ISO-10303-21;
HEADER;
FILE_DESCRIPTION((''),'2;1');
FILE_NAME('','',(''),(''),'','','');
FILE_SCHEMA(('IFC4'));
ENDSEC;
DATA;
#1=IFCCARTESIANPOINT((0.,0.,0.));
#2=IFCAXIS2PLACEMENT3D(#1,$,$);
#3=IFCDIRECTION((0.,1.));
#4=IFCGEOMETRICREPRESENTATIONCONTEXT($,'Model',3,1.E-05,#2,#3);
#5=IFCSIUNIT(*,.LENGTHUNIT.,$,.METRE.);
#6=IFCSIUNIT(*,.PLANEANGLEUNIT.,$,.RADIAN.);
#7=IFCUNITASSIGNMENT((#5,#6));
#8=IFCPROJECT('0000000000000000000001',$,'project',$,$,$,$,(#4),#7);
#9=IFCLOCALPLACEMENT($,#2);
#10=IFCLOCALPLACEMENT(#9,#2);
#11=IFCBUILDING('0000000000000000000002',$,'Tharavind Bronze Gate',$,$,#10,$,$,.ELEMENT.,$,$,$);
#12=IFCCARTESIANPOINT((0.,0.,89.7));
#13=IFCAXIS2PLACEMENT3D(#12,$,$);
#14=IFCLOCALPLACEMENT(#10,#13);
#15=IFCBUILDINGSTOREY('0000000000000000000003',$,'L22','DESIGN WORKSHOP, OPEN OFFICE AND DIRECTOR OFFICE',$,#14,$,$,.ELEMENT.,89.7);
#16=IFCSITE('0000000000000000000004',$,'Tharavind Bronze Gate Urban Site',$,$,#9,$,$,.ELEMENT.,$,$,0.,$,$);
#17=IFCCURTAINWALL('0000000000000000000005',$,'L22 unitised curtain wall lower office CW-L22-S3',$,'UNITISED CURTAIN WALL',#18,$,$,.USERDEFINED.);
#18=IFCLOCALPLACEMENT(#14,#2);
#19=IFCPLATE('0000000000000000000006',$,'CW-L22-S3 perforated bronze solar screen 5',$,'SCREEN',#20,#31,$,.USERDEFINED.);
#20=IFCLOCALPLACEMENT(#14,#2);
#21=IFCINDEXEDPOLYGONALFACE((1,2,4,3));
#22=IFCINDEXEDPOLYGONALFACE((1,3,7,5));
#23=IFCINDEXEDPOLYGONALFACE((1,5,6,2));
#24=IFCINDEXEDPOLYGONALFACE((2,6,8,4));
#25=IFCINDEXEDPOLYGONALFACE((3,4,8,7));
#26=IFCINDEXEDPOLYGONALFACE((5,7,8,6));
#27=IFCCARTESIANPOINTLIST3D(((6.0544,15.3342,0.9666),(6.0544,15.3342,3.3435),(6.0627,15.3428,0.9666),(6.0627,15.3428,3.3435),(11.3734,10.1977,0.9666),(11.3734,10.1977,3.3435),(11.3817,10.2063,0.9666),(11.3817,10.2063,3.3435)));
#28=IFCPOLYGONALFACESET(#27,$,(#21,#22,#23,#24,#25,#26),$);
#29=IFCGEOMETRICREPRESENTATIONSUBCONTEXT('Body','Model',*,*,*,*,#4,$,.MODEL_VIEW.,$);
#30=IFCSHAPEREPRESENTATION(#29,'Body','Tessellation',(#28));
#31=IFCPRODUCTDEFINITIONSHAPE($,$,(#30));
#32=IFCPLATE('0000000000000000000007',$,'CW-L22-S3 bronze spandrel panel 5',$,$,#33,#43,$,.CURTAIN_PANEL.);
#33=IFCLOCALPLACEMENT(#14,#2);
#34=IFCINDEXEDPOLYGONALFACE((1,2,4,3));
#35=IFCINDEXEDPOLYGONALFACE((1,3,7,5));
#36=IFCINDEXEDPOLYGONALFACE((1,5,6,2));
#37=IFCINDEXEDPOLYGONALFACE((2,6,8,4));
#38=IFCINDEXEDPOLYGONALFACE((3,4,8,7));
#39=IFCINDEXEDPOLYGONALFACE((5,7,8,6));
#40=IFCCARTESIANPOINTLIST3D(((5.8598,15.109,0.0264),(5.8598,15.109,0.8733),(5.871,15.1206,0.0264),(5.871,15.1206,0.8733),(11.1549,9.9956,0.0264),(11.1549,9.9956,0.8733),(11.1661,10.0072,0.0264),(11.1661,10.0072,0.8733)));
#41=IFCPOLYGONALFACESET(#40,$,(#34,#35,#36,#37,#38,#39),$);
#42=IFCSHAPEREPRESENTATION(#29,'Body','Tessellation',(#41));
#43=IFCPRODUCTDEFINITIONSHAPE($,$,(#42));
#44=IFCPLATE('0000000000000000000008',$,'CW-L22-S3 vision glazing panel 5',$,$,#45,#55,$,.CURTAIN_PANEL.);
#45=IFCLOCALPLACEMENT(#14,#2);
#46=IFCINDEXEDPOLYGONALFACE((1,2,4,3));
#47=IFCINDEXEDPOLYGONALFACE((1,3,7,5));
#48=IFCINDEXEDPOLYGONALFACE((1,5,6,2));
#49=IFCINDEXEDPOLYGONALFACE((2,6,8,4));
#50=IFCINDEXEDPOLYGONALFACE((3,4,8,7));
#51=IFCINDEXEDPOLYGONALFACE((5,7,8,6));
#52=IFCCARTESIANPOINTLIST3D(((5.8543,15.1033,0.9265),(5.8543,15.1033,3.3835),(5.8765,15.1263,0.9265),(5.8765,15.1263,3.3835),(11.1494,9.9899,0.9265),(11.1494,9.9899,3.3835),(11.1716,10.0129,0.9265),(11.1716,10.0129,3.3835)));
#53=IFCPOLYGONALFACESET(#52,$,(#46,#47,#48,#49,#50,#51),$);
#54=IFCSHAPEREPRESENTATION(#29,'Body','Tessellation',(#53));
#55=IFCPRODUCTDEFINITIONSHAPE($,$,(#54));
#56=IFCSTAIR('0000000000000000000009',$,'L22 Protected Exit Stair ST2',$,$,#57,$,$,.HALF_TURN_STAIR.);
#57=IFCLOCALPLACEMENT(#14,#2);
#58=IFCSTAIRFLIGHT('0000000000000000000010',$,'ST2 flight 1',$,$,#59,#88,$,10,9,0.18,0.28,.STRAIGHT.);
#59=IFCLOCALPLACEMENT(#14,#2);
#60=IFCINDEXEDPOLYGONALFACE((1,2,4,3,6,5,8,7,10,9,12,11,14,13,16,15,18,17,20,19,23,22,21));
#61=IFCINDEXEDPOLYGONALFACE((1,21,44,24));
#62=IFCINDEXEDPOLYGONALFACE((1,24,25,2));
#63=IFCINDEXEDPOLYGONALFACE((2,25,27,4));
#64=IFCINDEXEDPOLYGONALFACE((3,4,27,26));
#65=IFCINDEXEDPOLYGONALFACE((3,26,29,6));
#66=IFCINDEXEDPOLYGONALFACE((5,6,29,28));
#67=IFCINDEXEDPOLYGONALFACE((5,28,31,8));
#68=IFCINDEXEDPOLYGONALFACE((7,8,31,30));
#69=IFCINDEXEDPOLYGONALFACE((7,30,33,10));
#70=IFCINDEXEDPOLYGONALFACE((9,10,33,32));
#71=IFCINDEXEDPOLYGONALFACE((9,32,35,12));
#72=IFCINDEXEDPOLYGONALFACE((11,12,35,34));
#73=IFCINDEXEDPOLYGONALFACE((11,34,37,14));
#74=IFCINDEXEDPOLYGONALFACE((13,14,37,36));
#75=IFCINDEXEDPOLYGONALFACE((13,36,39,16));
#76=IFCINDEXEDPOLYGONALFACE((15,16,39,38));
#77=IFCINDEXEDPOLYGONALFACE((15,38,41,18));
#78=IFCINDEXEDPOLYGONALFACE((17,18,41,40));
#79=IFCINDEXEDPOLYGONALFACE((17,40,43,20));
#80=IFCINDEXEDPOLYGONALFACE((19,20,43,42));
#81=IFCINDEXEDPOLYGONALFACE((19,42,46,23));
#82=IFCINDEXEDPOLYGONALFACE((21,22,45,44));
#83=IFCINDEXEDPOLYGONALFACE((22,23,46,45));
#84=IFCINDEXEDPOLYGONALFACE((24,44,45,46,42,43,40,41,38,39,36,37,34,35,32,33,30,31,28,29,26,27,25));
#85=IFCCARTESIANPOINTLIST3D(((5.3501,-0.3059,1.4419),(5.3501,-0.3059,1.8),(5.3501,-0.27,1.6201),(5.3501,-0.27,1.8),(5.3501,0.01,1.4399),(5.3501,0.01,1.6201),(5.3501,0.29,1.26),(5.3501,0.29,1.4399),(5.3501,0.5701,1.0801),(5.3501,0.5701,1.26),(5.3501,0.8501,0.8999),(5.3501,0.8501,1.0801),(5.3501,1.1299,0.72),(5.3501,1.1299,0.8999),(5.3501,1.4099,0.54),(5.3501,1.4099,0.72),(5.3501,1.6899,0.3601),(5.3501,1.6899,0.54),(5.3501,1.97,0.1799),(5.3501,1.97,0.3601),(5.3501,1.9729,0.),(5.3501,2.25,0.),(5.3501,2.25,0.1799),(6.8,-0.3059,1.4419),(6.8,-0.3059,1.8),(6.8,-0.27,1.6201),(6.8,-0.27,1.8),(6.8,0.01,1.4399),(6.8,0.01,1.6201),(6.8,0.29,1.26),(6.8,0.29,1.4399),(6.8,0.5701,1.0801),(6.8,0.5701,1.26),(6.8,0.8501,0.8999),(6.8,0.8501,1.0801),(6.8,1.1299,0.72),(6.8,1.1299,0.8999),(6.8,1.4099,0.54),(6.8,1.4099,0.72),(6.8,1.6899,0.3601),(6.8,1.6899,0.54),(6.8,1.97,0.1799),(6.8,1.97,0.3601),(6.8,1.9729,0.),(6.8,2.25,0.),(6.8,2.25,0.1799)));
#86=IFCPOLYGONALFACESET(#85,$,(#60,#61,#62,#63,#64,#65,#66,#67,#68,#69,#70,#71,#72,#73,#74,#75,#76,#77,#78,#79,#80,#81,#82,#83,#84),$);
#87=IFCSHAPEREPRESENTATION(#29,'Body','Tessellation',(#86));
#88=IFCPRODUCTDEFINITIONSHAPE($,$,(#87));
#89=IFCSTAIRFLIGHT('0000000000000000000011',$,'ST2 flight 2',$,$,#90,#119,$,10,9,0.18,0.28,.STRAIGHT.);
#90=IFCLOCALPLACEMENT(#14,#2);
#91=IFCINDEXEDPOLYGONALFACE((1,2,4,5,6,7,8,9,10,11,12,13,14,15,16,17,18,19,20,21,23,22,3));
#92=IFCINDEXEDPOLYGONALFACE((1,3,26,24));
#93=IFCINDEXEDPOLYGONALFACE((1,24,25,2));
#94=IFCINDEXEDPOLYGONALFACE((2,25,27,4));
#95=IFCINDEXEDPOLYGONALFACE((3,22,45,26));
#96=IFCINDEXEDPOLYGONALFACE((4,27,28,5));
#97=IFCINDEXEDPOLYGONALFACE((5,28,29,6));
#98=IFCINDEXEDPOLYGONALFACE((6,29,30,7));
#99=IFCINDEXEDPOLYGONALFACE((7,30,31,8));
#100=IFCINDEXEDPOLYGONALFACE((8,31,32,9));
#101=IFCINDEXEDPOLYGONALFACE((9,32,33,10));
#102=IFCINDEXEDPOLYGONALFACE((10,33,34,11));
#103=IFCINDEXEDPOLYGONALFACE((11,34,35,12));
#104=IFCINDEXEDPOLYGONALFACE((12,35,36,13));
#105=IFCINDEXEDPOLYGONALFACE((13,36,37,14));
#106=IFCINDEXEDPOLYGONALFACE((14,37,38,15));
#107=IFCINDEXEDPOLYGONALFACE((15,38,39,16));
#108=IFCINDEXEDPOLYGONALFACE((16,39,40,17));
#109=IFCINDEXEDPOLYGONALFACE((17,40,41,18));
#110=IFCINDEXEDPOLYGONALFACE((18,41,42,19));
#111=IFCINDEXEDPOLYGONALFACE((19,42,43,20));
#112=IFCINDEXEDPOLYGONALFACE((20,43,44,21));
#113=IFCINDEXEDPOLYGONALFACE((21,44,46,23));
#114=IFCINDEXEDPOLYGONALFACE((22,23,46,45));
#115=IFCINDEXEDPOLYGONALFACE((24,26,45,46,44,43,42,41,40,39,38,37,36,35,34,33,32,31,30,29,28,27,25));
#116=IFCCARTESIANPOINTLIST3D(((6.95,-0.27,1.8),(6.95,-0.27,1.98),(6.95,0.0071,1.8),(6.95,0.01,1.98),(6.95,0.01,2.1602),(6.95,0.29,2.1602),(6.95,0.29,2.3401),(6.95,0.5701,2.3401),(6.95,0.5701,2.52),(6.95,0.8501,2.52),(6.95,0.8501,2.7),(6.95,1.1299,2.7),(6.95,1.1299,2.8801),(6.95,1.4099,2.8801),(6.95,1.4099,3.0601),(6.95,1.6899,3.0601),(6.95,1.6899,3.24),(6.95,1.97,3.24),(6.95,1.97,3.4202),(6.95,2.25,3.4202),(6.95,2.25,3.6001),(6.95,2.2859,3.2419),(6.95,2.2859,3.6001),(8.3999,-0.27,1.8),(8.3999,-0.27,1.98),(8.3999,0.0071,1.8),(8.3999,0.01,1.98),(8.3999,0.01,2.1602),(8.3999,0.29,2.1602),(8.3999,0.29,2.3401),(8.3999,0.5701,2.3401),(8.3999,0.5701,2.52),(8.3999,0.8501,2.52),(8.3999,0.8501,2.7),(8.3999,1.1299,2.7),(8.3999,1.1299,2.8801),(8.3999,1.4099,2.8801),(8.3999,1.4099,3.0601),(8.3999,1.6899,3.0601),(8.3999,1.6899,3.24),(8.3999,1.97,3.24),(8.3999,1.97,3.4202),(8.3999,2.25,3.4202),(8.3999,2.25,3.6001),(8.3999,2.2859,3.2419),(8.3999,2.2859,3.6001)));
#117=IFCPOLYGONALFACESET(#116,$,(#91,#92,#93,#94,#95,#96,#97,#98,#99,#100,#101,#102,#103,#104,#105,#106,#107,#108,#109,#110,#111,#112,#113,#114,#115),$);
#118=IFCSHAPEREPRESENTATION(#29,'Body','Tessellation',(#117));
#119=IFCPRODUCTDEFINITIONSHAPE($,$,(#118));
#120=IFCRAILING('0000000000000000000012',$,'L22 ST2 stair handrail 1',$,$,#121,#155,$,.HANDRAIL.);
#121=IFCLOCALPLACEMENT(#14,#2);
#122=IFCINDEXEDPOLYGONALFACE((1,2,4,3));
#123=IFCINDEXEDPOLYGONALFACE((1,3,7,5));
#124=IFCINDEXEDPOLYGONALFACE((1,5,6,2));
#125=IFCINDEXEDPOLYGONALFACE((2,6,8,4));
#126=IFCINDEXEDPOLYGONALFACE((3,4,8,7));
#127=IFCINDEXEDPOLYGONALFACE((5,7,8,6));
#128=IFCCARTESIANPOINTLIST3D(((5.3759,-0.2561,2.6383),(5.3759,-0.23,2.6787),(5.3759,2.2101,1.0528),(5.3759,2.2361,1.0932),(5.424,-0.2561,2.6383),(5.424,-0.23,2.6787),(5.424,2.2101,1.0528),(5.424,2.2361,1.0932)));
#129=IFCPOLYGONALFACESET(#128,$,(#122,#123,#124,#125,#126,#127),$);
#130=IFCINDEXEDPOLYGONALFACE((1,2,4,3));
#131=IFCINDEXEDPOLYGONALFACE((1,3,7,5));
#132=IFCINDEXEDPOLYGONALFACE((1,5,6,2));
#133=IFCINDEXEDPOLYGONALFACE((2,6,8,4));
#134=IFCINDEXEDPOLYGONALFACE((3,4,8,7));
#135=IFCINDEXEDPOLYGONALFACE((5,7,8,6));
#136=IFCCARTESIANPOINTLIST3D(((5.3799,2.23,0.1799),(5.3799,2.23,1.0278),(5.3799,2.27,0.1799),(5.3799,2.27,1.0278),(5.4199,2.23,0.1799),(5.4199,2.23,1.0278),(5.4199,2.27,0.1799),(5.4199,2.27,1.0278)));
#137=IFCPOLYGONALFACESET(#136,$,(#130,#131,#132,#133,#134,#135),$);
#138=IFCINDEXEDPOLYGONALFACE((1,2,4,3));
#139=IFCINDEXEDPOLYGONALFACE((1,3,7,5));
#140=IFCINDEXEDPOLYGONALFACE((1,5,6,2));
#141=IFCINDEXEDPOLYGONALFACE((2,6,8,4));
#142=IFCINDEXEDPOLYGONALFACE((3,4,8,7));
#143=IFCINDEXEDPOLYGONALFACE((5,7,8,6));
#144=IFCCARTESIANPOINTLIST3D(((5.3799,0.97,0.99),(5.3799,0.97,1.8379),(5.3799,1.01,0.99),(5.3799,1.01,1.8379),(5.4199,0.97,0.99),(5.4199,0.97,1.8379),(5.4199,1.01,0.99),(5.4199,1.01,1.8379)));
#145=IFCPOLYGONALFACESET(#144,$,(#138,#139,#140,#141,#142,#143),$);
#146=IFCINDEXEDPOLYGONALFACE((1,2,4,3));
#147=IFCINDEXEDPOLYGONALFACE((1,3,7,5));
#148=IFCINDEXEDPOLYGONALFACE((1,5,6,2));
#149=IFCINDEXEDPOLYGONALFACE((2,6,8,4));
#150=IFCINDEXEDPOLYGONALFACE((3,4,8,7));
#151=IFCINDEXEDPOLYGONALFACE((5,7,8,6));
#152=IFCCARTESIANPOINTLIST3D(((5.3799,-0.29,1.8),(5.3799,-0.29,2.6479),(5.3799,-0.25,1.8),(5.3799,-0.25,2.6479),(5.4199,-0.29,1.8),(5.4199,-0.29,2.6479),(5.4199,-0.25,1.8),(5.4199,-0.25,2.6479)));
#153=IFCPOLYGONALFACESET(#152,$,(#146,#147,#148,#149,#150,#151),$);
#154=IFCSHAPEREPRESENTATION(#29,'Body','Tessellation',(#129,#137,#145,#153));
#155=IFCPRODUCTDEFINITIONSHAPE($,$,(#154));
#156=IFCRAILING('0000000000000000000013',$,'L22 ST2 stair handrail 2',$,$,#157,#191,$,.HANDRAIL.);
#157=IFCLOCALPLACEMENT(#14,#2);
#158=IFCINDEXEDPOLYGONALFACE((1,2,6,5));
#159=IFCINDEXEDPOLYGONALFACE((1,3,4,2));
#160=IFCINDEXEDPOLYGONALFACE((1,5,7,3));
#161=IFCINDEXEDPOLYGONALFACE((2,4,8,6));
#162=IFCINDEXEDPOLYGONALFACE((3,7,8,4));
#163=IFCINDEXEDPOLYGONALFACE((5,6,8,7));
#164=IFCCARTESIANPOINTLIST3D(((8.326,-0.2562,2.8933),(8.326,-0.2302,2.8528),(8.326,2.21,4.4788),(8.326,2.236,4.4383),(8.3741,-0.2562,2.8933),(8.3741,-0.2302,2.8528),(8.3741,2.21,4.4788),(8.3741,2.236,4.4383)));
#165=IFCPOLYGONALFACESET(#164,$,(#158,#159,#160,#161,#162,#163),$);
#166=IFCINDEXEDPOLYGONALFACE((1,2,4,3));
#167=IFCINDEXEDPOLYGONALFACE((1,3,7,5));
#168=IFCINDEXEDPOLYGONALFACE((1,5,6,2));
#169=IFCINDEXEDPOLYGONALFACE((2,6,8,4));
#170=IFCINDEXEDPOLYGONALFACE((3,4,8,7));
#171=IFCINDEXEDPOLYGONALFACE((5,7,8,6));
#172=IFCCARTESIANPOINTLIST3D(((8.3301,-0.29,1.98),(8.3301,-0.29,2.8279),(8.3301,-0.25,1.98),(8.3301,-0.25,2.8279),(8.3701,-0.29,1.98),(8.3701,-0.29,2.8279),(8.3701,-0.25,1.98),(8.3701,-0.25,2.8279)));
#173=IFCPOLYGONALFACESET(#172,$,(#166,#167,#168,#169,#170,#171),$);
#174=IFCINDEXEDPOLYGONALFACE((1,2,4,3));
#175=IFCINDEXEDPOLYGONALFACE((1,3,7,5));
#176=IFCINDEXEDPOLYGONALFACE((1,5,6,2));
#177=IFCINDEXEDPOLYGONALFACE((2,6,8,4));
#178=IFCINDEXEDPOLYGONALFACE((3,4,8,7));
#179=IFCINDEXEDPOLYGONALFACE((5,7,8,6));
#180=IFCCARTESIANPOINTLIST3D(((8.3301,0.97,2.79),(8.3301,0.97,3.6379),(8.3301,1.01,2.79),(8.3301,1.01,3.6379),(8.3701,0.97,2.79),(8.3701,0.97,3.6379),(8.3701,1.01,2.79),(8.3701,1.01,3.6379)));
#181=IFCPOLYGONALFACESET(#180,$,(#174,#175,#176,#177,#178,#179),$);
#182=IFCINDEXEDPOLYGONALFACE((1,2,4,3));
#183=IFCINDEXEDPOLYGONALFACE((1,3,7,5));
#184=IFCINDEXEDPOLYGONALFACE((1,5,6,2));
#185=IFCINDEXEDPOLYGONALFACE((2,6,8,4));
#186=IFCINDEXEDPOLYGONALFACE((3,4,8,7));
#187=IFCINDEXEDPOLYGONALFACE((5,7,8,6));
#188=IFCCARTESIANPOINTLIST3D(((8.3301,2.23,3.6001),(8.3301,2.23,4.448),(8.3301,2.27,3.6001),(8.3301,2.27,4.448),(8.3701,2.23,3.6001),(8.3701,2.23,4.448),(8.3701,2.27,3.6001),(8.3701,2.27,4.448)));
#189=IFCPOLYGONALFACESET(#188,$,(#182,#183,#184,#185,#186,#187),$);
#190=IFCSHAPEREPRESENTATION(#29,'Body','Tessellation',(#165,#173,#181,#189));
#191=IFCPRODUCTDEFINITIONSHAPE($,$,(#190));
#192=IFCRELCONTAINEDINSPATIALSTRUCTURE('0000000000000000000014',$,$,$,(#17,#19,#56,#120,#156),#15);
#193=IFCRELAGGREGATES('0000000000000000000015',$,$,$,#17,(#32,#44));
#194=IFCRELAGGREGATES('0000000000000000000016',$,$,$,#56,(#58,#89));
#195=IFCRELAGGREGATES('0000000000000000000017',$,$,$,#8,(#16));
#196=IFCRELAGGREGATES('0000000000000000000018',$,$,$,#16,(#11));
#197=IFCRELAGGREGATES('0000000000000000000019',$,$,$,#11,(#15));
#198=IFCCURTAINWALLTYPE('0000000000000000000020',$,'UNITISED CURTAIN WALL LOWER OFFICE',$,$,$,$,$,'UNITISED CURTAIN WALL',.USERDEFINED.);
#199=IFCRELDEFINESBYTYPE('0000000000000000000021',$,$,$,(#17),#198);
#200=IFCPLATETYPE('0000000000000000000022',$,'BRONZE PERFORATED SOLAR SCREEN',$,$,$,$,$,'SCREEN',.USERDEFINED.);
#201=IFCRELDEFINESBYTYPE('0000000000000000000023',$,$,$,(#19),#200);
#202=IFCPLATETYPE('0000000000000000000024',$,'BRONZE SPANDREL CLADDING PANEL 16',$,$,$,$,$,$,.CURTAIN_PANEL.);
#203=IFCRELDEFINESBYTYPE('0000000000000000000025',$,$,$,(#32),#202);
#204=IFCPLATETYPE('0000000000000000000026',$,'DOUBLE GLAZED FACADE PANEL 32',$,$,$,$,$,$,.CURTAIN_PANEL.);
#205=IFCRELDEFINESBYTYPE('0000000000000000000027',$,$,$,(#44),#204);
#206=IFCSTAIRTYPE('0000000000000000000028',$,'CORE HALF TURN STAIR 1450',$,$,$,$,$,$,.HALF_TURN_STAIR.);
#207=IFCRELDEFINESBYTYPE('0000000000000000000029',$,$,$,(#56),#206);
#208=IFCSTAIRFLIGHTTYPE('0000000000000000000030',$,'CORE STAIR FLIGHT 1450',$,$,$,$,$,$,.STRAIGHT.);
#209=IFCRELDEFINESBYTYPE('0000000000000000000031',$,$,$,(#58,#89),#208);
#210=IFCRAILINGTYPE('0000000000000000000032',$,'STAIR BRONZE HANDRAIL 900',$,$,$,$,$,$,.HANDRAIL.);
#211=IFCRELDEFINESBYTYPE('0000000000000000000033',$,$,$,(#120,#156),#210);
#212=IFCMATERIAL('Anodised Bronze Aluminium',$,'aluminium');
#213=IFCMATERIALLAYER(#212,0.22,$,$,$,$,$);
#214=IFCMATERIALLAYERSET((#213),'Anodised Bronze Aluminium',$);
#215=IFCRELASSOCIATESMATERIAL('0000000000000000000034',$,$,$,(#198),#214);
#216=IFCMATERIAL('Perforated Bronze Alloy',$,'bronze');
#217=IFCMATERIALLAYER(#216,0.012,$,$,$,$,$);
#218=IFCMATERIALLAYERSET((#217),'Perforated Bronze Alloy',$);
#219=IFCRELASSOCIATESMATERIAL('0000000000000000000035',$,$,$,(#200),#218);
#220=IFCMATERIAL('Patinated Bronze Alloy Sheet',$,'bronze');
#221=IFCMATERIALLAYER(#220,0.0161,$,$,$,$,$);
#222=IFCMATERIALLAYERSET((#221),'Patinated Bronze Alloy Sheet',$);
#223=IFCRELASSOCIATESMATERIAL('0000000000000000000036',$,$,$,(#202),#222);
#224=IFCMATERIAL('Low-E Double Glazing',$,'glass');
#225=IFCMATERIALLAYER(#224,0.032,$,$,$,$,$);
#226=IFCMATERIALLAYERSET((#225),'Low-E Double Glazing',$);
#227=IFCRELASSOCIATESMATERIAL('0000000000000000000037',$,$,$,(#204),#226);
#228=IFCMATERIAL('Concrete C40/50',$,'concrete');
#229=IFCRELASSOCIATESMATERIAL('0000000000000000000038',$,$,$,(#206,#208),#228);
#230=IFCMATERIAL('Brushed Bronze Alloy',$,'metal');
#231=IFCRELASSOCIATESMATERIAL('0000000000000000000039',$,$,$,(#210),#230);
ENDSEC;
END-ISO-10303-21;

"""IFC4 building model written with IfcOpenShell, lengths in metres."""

from ifc_helpers import new_model, si_unit, direction, frame, origin, origin_2d, place, context, subcontext, project, spatial, polyline, rectangle, outline, extrude, material, layer, layer_set, type_object, element, aggregate, save


model = new_model("IFC4")

# Units and contexts
model_context = context("Model", 3, precision=1e-05, world=origin(), true_north=direction((0.0, 1.0)))
body_context = subcontext(model_context, "Body", "Model", "MODEL_VIEW")
ifc_project = project(units=[si_unit("LENGTHUNIT", "METRE"), si_unit("PLANEANGLEUNIT", "RADIAN")], contexts=[model_context])

# Site, building, storey
site_placement = place(None, origin())
site = spatial("IfcSite", under=ifc_project, at=site_placement, Name="Tharavind Bronze Gate Urban Site", CompositionType="ELEMENT", RefElevation=0.0)
building_placement = place(site_placement, origin())
building = spatial("IfcBuilding", under=site, at=building_placement, Name="Tharavind Bronze Gate", CompositionType="ELEMENT")
storey_placement = place(building_placement, frame((0.0, 0.0, 89.7)))
storey = spatial("IfcBuildingStorey", under=building, at=storey_placement, Name="L22", Description="DESIGN WORKSHOP, OPEN OFFICE AND DIRECTOR OFFICE", CompositionType="ELEMENT", Elevation=89.7)

# Curtain wall
ifc_material_1 = material(Name="Anodised Bronze Aluminium", Category="aluminium")
ifc_layer_1 = layer(ifc_material_1, 0.22)
ifc_layer_set_1 = layer_set([ifc_layer_1], Name="Anodised Bronze Aluminium")
curtain_wall_type = type_object("IfcCurtainWallType", Name="UNITISED CURTAIN WALL LOWER OFFICE", ElementType="UNITISED CURTAIN WALL", PredefinedType="USERDEFINED", material=ifc_layer_set_1)
curtain_wall_placement = place(storey_placement, origin())
curtain_wall = element("IfcCurtainWall", 1, at=curtain_wall_placement, inside=storey, type_object=curtain_wall_type, Name="L22 unitised curtain wall lower office CW-L22-S3", ObjectType="UNITISED CURTAIN WALL", PredefinedType="USERDEFINED")

# Plates
ifc_material_2 = material(Name="Perforated Bronze Alloy", Category="bronze")
ifc_layer_2 = layer(ifc_material_2, 0.012)
ifc_layer_set_2 = layer_set([ifc_layer_2], Name="Perforated Bronze Alloy")
plate_type_1 = type_object("IfcPlateType", Name="BRONZE PERFORATED SOLAR SCREEN", ElementType="SCREEN", PredefinedType="USERDEFINED", material=ifc_layer_set_2)
plate_1_placement = place(storey_placement, frame((8.718, 12.7703, 0.9666), z_axis=(0.0, 0.0, 1.0), x_axis=(-0.719341, 0.694657, 0.0)))
element("IfcPlate", 2, at=plate_1_placement, inside=storey, type_object=plate_type_1, Name="CW-L22-S3 perforated bronze solar screen 5", ObjectType="SCREEN", PredefinedType="USERDEFINED", context=body_context, shape_type="SweptSolid", body=[
    extrude(rectangle(XDim=7.3943, YDim=0.012, at=origin_2d()), origin(), (0.0, 0.0, 1.0), 2.377),
])
ifc_material_3 = material(Name="Patinated Bronze Alloy Sheet", Category="bronze")
ifc_layer_3 = layer(ifc_material_3, 0.0161)
ifc_layer_set_3 = layer_set([ifc_layer_3], Name="Patinated Bronze Alloy Sheet")
plate_type_2 = type_object("IfcPlateType", Name="BRONZE SPANDREL CLADDING PANEL 16", PredefinedType="CURTAIN_PANEL", material=ifc_layer_set_3)
plate_2_placement = place(storey_placement, frame((8.5129, 12.5581, 0.0264), z_axis=(0.0, 0.0, 1.0), x_axis=(-0.719341, 0.694657, 0.0)))
plate_2 = element("IfcPlate", 3, at=plate_2_placement, type_object=plate_type_2, Name="CW-L22-S3 bronze spandrel panel 5", PredefinedType="CURTAIN_PANEL", context=body_context, shape_type="SweptSolid", body=[
    extrude(rectangle(XDim=7.3611, YDim=0.0161, at=origin_2d()), origin(), (0.0, 0.0, 1.0), 0.8469),
])
ifc_material_4 = material(Name="Low-E Double Glazing", Category="glass")
ifc_layer_4 = layer(ifc_material_4, 0.032)
ifc_layer_set_4 = layer_set([ifc_layer_4], Name="Low-E Double Glazing")
plate_type_3 = type_object("IfcPlateType", Name="DOUBLE GLAZED FACADE PANEL 32", PredefinedType="CURTAIN_PANEL", material=ifc_layer_set_4)
plate_3_placement = place(storey_placement, frame((8.5129, 12.5581, 0.9265), z_axis=(0.0, 0.0, 1.0), x_axis=(-0.719341, 0.694657, 0.0)))
plate_3 = element("IfcPlate", 4, at=plate_3_placement, type_object=plate_type_3, Name="CW-L22-S3 vision glazing panel 5", PredefinedType="CURTAIN_PANEL", context=body_context, shape_type="SweptSolid", body=[
    extrude(rectangle(XDim=7.3611, YDim=0.032, at=origin_2d()), origin(), (0.0, 0.0, 1.0), 2.457),
])
aggregate(curtain_wall, [plate_2, plate_3])

# Stair, stair flights
ifc_material_5 = material(Name="Concrete C40/50", Category="concrete")
stair_type = type_object("IfcStairType", Name="CORE HALF TURN STAIR 1450", PredefinedType="HALF_TURN_STAIR", material=ifc_material_5)
stair_placement = place(storey_placement, origin())
stair = element("IfcStair", 5, at=stair_placement, inside=storey, type_object=stair_type, Name="L22 Protected Exit Stair ST2", PredefinedType="HALF_TURN_STAIR")
stair_flight_type = type_object("IfcStairFlightType", Name="CORE STAIR FLIGHT 1450", PredefinedType="STRAIGHT", material=ifc_material_5)
stair_flight_1_placement = place(storey_placement, frame((6.075, 2.25, 0.0), z_axis=(0.0, 0.0, 1.0), x_axis=(0.0, -1.0, 0.0)))
stair_flight_1 = element("IfcStairFlight", 6, at=stair_flight_1_placement, type_object=stair_flight_type, Name="ST2 flight 1", NumberOfRisers=10, NumberOfTreads=9, PredefinedType="STRAIGHT", RiserHeight=0.18, TreadLength=0.28, context=body_context, shape_type="SweptSolid", body=[
    extrude(outline(polyline([(0.0, 0.0), (0.0, 0.1799), (0.28, 0.1799), (0.28, 0.3601), (0.5601, 0.3601), (0.5601, 0.54), (0.8401, 0.54), (0.8401, 0.72), (1.1201, 0.72), (1.1201, 0.8999), (1.3999, 0.8999), (1.3999, 1.0801), (1.6799, 1.0801), (1.6799, 1.26), (1.96, 1.26), (1.96, 1.4399), (2.24, 1.4399), (2.24, 1.6201), (2.52, 1.6201), (2.52, 1.8), (2.5559, 1.8), (2.5559, 1.4419), (0.2771, 0.0), (0.0, 0.0)])), frame((0.0, 0.7251, 0.0), z_axis=(0.0, -1.0, 0.0), x_axis=(1.0, 0.0, 0.0)), (0.0, 0.0, 1.0), 1.45),
])
stair_flight_2_placement = place(storey_placement, frame((7.675, -0.27, 1.8), z_axis=(0.0, 0.0, 1.0), x_axis=(0.0, 1.0, 0.0)))
stair_flight_2 = element("IfcStairFlight", 7, at=stair_flight_2_placement, type_object=stair_flight_type, Name="ST2 flight 2", NumberOfRisers=10, NumberOfTreads=9, PredefinedType="STRAIGHT", RiserHeight=0.18, TreadLength=0.28, context=body_context, shape_type="SweptSolid", body=[
    extrude(outline(polyline([(0.0, 0.0), (0.0, 0.1799), (0.28, 0.1799), (0.28, 0.3601), (0.5601, 0.3601), (0.5601, 0.54), (0.8401, 0.54), (0.8401, 0.72), (1.1201, 0.72), (1.1201, 0.8999), (1.3999, 0.8999), (1.3999, 1.0801), (1.6799, 1.0801), (1.6799, 1.26), (1.96, 1.26), (1.96, 1.4399), (2.24, 1.4399), (2.24, 1.6201), (2.52, 1.6201), (2.52, 1.8), (2.5559, 1.8), (2.5559, 1.4419), (0.2771, 0.0), (0.0, 0.0)])), frame((0.0, 0.7251, 0.0), z_axis=(0.0, -1.0, 0.0), x_axis=(1.0, 0.0, 0.0)), (0.0, 0.0, 1.0), 1.45),
])
aggregate(stair, [stair_flight_1, stair_flight_2])

# Railings
ifc_material_6 = material(Name="Brushed Bronze Alloy", Category="metal")
railing_type_1 = type_object("IfcRailingType", Name="STAIR BRONZE HANDRAIL 900", PredefinedType="HANDRAIL", material=ifc_material_6)
railing_1_placement = place(storey_placement, frame((5.3999, 2.25, 0.1799)))
element("IfcRailing", 8, at=railing_1_placement, inside=storey, type_object=railing_type_1, Name="L22 ST2 stair handrail 1", PredefinedType="HANDRAIL", context=body_context, shape_type="SweptSolid", body=[
    extrude(rectangle(XDim=0.0481, YDim=0.0481, at=origin_2d()), frame((0.0, -0.0269, 0.8931), z_axis=(0.0, -0.841163, 0.540782), x_axis=(1.0, 0.0, 0.0)), (0.0, 0.0, 1.0), 2.9319),
    extrude(rectangle(XDim=0.04, YDim=0.04, at=origin_2d()), origin(), (0.0, 0.0, 1.0), 0.8479),
    extrude(rectangle(XDim=0.04, YDim=0.04, at=origin_2d()), frame((0.0, -1.26, 0.8101)), (0.0, 0.0, 1.0), 0.8479),
    extrude(rectangle(XDim=0.04, YDim=0.04, at=origin_2d()), frame((0.0, -2.52, 1.6201)), (0.0, 0.0, 1.0), 0.8479),
])
railing_2_placement = place(storey_placement, frame((8.3501, -0.27, 1.98)))
element("IfcRailing", 9, at=railing_2_placement, inside=storey, type_object=railing_type_1, Name="L22 ST2 stair handrail 2", PredefinedType="HANDRAIL", context=body_context, shape_type="SweptSolid", body=[
    extrude(rectangle(XDim=0.0481, YDim=0.0481, at=origin_2d()), frame((0.0, 0.0269, 0.8931), z_axis=(0.0, 0.841163, 0.540782), x_axis=(-1.0, 0.0, 0.0)), (0.0, 0.0, 1.0), 2.9319),
    extrude(rectangle(XDim=0.04, YDim=0.04, at=origin_2d()), origin(), (0.0, 0.0, 1.0), 0.8479),
    extrude(rectangle(XDim=0.04, YDim=0.04, at=origin_2d()), frame((0.0, 1.26, 0.8101)), (0.0, 0.0, 1.0), 0.8479),
    extrude(rectangle(XDim=0.04, YDim=0.04, at=origin_2d()), frame((0.0, 2.52, 1.6201)), (0.0, 0.0, 1.0), 0.8479),
])

save(model, "model.ifc")
